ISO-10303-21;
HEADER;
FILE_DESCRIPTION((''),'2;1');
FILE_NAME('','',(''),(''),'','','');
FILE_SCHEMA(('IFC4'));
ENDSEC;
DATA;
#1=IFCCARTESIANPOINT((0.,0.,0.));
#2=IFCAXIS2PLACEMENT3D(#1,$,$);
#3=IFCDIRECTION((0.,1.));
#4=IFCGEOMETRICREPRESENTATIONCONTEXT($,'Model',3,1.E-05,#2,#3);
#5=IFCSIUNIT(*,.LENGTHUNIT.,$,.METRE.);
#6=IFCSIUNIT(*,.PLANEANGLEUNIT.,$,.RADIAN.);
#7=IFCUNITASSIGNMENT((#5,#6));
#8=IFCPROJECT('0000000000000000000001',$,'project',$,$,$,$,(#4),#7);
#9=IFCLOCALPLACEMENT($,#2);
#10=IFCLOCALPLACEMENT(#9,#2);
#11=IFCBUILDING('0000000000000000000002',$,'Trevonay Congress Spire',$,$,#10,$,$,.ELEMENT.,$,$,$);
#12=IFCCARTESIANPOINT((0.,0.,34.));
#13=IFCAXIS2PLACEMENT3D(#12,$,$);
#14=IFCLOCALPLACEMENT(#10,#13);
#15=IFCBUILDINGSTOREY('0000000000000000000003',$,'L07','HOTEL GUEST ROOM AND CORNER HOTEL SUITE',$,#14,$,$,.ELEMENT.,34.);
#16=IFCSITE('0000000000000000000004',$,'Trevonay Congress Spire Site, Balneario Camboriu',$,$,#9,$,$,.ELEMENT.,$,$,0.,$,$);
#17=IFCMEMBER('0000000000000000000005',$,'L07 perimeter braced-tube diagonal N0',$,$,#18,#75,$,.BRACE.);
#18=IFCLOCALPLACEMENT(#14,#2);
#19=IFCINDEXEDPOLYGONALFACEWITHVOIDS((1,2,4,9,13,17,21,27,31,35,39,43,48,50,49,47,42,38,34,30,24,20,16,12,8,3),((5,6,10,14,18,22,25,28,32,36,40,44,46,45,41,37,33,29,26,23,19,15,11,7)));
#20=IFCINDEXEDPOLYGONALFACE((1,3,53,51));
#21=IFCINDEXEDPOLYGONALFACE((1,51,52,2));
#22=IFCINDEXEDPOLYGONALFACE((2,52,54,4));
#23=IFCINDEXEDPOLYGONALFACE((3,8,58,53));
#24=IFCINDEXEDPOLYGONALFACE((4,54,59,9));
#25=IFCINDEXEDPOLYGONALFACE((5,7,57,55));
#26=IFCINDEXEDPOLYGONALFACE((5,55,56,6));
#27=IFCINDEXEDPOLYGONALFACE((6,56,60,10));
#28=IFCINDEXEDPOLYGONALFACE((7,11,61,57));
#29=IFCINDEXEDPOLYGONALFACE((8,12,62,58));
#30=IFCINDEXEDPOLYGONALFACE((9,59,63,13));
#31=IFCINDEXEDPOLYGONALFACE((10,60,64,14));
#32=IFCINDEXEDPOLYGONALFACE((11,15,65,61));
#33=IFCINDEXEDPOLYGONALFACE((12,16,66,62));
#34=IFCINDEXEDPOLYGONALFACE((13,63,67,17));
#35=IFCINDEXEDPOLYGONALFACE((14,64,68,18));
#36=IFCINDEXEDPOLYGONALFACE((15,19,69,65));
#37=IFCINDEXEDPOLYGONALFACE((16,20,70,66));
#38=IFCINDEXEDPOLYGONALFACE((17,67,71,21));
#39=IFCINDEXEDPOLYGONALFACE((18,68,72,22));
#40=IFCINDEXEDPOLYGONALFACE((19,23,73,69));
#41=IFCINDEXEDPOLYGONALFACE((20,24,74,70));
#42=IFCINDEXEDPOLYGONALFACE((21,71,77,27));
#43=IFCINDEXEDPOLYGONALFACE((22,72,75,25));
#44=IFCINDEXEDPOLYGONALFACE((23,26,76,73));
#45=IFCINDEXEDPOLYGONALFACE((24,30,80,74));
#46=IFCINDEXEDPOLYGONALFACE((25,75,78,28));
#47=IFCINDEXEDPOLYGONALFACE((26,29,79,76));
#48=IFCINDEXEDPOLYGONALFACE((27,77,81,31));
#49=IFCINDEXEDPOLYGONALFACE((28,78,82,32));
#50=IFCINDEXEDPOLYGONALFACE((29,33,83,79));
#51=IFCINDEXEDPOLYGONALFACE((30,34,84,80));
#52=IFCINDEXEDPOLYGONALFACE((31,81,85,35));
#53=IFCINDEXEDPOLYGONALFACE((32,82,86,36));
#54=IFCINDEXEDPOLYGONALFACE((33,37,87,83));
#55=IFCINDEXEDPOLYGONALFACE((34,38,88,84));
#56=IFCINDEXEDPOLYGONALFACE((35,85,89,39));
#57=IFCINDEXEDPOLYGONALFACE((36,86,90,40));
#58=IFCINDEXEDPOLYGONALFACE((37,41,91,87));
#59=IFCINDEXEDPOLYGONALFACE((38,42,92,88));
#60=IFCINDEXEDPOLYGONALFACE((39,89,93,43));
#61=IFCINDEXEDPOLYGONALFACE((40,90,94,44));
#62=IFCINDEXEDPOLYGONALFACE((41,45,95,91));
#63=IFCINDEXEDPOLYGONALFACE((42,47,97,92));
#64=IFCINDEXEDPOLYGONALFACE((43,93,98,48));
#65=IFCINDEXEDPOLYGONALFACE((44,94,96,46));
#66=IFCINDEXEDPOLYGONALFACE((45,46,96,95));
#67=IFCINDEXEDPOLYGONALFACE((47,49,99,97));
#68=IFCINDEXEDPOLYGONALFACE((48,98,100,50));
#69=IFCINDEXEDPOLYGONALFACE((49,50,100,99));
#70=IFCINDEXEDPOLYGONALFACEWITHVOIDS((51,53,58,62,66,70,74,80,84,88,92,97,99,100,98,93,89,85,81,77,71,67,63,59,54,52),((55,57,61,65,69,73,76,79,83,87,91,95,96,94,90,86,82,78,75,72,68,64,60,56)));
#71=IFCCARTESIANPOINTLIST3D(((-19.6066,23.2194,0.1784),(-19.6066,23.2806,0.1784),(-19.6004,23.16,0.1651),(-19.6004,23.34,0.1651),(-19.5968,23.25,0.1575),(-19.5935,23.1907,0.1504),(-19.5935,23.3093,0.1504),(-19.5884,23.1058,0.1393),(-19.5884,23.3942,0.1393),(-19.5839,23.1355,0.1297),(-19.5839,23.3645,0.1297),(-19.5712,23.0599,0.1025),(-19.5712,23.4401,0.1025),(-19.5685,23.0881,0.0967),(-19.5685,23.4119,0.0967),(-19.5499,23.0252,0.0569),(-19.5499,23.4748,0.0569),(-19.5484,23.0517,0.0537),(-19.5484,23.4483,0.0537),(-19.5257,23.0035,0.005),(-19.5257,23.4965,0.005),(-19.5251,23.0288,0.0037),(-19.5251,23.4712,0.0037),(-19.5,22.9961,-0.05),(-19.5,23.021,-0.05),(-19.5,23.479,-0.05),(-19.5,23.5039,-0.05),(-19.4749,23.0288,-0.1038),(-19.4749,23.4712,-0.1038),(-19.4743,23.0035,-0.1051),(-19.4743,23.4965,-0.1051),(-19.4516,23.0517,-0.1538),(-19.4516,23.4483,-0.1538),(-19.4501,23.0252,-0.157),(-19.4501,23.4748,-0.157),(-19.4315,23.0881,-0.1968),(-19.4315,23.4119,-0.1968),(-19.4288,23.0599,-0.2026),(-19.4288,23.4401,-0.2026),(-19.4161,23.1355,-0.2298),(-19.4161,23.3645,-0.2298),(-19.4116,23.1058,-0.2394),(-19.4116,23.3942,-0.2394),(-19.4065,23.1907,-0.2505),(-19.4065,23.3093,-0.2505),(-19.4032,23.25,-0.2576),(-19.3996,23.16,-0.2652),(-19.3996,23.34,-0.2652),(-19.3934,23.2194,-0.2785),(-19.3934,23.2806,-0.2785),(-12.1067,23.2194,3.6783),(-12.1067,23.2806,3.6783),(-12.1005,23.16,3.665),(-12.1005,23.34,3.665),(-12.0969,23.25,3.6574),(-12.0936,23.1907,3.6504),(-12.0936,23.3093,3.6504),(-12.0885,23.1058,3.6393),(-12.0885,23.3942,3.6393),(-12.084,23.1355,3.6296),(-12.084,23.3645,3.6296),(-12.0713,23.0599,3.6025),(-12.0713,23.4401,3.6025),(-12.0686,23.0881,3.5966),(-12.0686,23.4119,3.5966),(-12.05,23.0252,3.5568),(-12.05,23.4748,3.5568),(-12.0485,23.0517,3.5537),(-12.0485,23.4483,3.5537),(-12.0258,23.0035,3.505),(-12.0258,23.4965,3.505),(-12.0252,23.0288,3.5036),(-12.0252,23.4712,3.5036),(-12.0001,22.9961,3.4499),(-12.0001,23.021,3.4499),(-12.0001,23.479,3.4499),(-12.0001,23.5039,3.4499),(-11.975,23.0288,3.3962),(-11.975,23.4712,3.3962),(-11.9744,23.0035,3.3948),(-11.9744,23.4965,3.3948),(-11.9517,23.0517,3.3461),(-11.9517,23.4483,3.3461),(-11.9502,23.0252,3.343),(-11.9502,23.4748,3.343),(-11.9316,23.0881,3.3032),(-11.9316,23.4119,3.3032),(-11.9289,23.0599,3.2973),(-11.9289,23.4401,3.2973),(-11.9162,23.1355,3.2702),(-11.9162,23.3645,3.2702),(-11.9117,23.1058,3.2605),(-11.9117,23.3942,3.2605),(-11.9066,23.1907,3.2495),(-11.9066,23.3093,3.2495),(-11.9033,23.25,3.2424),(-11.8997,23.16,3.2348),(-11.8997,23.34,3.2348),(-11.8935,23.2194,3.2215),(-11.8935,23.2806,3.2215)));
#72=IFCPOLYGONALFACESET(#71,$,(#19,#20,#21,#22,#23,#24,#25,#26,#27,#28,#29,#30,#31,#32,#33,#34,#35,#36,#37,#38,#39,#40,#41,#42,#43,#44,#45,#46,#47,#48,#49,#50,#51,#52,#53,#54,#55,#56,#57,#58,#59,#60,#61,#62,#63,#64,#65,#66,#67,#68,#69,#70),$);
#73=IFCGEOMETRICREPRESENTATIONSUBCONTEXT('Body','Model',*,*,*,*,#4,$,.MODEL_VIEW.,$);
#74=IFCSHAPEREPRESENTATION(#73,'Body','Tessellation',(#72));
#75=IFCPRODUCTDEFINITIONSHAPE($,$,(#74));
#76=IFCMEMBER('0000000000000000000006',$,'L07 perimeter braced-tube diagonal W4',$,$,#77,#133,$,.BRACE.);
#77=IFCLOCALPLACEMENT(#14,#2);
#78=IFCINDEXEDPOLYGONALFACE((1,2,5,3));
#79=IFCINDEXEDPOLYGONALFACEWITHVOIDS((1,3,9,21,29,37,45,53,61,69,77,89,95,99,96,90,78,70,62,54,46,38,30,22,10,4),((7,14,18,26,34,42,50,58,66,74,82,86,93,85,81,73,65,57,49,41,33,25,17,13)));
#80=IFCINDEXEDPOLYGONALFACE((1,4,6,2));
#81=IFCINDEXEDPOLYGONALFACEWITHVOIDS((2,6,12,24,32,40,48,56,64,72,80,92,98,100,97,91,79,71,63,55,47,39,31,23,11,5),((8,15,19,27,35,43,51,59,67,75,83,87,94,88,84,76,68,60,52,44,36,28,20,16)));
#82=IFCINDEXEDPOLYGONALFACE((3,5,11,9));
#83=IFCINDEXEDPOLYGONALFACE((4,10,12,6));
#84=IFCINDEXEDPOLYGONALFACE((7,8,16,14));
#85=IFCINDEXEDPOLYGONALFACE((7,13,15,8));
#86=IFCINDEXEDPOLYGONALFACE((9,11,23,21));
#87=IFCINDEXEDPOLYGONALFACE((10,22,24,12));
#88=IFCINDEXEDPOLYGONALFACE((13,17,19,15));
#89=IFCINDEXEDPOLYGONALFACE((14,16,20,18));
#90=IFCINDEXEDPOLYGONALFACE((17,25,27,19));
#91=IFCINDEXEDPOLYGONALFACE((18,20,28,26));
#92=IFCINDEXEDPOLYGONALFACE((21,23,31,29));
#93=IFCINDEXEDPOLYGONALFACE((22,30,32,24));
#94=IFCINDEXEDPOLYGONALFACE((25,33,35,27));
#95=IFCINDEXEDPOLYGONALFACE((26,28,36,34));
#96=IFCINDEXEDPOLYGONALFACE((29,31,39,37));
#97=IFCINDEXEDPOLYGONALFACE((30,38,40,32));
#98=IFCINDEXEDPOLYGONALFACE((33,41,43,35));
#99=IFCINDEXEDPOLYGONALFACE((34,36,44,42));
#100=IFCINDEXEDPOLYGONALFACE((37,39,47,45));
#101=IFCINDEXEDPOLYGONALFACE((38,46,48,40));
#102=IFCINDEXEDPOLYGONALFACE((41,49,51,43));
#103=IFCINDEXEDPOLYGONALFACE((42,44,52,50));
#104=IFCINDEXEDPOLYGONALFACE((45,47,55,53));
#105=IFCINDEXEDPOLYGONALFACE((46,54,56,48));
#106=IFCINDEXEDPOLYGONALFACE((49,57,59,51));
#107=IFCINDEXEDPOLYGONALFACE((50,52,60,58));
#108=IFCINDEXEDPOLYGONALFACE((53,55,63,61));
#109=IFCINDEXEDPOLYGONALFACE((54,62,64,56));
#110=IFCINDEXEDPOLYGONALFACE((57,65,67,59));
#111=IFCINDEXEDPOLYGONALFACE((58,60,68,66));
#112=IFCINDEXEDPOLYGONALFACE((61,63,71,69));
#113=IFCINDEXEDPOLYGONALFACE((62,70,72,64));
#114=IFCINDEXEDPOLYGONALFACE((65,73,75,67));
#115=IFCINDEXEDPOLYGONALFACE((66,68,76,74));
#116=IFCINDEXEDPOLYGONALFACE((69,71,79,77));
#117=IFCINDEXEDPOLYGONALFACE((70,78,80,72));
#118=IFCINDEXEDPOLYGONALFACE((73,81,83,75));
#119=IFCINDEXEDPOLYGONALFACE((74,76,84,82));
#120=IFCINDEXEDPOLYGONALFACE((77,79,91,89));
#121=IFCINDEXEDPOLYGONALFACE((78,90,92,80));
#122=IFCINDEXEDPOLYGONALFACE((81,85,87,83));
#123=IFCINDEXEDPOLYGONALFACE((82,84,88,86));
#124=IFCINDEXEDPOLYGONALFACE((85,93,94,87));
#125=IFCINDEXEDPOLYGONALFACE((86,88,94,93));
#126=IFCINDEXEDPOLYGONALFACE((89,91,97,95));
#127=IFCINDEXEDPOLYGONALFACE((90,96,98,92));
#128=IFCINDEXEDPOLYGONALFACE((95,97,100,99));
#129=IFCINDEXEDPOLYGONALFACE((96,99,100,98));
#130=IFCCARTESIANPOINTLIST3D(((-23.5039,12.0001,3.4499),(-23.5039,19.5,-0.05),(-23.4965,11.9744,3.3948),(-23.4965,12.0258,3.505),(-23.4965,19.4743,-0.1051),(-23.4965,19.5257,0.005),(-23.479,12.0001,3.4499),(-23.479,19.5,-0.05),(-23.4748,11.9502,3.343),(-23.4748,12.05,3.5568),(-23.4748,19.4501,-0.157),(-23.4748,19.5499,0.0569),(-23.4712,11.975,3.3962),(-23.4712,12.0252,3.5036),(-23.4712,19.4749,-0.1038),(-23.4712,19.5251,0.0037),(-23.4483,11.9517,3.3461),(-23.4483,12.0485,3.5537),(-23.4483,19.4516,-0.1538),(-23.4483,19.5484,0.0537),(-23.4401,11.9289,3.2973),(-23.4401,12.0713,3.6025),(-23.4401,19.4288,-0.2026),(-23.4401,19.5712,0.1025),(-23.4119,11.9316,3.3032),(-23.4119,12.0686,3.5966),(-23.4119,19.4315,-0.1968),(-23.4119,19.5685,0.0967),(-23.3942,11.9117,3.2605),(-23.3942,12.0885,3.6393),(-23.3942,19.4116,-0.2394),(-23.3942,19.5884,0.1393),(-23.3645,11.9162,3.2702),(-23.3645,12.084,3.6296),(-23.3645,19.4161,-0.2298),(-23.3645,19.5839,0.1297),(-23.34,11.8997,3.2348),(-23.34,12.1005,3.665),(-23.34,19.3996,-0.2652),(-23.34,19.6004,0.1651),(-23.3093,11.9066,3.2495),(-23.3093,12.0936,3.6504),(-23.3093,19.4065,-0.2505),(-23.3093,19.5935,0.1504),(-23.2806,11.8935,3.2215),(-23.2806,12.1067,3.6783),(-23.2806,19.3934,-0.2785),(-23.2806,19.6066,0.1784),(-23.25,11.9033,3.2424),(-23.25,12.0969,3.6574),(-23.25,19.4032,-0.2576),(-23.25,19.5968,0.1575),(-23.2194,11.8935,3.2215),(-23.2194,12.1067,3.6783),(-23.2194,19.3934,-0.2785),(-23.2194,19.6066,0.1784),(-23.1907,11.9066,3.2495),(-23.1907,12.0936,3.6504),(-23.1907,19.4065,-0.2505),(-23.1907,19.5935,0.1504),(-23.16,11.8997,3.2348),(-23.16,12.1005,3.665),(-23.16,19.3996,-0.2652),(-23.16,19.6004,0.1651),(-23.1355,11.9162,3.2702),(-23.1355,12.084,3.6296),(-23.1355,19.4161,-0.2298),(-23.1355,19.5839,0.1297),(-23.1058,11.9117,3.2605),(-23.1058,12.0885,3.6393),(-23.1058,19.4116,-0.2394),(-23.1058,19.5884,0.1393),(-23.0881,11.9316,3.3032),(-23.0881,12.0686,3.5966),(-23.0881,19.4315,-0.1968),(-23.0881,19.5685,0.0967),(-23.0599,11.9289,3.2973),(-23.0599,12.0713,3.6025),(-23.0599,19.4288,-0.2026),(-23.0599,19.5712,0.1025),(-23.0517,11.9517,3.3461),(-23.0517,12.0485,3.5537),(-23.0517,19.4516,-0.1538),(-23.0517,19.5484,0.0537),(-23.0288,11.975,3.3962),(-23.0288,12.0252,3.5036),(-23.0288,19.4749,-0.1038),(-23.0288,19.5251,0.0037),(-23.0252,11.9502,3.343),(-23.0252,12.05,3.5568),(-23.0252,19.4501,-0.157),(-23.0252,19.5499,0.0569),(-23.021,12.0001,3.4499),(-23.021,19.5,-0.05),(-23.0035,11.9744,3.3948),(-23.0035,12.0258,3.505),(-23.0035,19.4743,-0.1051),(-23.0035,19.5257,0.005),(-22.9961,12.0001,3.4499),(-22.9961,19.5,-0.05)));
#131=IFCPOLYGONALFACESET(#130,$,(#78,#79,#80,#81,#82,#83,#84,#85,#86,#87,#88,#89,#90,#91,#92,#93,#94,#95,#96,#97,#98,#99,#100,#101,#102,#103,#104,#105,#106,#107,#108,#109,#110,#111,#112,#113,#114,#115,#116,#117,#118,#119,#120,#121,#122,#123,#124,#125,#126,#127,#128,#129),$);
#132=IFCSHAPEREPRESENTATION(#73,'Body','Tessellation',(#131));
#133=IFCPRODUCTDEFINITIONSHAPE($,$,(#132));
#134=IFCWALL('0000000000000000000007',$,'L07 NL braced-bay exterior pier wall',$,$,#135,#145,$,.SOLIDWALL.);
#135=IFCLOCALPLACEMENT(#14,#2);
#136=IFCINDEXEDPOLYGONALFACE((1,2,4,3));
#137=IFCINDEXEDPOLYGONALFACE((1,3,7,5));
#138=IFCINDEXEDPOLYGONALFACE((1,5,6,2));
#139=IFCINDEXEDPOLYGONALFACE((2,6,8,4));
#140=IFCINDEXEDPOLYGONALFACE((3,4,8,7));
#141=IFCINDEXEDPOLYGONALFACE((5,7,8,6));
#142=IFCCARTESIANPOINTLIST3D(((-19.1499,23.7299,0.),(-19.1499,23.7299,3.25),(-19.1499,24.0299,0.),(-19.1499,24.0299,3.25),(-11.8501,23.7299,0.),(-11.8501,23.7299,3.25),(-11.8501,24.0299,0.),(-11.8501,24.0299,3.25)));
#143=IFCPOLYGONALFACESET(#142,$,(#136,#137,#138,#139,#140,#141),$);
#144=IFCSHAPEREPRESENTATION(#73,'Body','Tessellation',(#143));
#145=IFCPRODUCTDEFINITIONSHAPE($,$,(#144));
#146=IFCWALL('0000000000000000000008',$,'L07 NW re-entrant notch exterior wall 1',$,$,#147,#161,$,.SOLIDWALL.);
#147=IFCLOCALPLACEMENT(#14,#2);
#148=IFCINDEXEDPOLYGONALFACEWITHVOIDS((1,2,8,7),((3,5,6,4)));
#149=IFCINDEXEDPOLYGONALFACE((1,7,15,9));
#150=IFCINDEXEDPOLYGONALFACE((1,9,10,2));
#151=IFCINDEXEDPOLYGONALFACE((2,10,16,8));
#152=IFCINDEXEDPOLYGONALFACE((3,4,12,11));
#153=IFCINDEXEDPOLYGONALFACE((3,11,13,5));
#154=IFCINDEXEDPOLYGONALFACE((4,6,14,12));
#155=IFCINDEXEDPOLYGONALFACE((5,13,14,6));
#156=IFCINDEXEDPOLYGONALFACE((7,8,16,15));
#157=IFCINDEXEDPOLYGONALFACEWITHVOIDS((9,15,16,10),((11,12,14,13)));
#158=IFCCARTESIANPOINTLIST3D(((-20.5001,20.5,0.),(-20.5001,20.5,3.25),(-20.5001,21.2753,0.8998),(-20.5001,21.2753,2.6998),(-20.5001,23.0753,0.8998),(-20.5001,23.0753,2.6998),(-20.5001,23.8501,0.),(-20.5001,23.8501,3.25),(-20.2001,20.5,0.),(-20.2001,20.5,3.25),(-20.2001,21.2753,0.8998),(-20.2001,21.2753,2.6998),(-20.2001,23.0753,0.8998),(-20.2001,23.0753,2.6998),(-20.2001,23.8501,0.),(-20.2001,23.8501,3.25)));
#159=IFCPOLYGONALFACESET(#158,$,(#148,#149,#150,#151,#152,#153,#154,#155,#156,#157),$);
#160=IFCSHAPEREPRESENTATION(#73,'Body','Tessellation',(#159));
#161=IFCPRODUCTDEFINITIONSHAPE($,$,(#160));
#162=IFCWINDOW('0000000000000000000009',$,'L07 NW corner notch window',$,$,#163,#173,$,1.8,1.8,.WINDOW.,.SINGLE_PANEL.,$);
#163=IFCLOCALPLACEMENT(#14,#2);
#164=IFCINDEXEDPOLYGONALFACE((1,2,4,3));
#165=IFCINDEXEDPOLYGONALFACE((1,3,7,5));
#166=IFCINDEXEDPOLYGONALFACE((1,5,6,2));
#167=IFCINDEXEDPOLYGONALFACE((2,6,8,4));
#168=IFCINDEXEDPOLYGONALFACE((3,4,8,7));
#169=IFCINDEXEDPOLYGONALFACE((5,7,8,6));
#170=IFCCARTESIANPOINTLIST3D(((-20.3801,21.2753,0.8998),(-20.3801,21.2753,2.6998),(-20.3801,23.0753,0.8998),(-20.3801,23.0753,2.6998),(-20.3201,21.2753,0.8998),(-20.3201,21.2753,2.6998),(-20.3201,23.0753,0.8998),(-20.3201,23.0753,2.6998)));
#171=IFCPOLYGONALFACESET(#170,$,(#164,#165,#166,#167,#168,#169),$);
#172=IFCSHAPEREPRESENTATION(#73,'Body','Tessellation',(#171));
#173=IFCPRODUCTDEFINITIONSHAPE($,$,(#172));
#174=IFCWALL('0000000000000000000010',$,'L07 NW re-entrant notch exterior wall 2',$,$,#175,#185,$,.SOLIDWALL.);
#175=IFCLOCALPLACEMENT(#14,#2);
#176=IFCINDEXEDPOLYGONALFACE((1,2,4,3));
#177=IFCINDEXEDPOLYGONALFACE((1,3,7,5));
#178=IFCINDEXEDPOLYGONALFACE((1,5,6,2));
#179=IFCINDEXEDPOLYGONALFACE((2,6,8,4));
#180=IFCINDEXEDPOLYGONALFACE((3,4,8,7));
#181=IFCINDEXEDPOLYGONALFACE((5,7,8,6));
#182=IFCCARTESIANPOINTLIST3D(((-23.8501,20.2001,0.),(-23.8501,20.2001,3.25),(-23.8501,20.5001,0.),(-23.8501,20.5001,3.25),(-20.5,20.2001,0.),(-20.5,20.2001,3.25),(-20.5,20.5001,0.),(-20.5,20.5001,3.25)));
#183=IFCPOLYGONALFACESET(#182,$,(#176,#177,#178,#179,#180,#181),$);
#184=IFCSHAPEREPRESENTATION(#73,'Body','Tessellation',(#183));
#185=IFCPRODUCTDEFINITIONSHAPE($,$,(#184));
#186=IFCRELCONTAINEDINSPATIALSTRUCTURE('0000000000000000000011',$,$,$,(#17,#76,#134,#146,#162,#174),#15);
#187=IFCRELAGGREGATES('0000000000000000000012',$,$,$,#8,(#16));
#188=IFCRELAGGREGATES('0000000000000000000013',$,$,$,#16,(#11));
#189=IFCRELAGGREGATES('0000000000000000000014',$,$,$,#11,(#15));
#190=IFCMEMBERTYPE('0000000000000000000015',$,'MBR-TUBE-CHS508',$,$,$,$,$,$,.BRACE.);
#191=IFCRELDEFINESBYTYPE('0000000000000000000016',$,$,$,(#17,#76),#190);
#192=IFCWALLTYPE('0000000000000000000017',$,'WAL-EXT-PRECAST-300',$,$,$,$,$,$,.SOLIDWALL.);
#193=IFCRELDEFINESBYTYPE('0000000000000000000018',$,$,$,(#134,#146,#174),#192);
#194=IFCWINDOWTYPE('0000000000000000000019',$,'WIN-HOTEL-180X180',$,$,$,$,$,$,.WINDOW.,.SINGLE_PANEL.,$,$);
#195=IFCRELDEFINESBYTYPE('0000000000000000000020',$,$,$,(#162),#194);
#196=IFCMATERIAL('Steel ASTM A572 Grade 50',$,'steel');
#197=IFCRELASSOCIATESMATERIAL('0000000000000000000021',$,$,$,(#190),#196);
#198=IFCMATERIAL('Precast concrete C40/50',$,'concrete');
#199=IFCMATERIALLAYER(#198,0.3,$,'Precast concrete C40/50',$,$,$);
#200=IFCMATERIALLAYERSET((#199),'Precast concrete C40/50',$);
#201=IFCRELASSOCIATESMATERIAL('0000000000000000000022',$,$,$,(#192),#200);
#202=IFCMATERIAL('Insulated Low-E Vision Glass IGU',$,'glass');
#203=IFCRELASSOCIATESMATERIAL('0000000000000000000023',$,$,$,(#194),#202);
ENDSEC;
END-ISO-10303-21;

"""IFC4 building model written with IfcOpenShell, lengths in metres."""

from ifc_helpers import new_model, si_unit, direction, frame, frame_2d, origin, origin_2d, place, context, subcontext, project, spatial, rectangle, hollow_circle, extrude, material, layer, layer_set, material_profile, profile_set, type_object, element, fill, save


model = new_model("IFC4")

# Units and contexts
model_context = context("Model", 3, precision=1e-05, world=origin(), true_north=direction((0.0, 1.0)))
body_context = subcontext(model_context, "Body", "Model", "MODEL_VIEW")
ifc_project = project(units=[si_unit("LENGTHUNIT", "METRE"), si_unit("PLANEANGLEUNIT", "RADIAN")], contexts=[model_context])

# Site, building, storey
site_placement = place(None, origin())
site = spatial("IfcSite", under=ifc_project, at=site_placement, Name="Trevonay Congress Spire Site, Balneario Camboriu", CompositionType="ELEMENT", RefElevation=0.0)
building_placement = place(site_placement, origin())
building = spatial("IfcBuilding", under=site, at=building_placement, Name="Trevonay Congress Spire", CompositionType="ELEMENT")
storey_placement = place(building_placement, frame((0.0, 0.0, 34.0)))
storey = spatial("IfcBuildingStorey", under=building, at=storey_placement, Name="L07", Description="HOTEL GUEST ROOM AND CORNER HOTEL SUITE", CompositionType="ELEMENT", Elevation=34.0)

# Shared definitions
ifc_material_1 = material(Name="Steel ASTM A572 Grade 50", Category="steel")

# Members
ifc_material_profile_1 = material_profile(ifc_material_1, hollow_circle(Radius=0.2539, WallThickness=0.0249, at=origin_2d()), Name="CHS 508x25")
ifc_profile_set_1 = profile_set([ifc_material_profile_1], Name="Steel ASTM A572 Grade 50")
member_type = type_object("IfcMemberType", Name="MBR-TUBE-CHS508", PredefinedType="BRACE", material=ifc_profile_set_1)
for number, where, z_axis, x_axis, name in (
    (1, (-19.5, 23.25, -0.05), (0.906183, 0.0, 0.422885), (0.0, 1.0, 0.0), "L07 perimeter braced-tube diagonal N0"),
    (2, (-23.25, 19.5, -0.05), (0.0, -0.906183, 0.422885), (1.0, 0.0, 0.0), "L07 perimeter braced-tube diagonal W4"),
):
    element("IfcMember", number, at=place(storey_placement, frame(where, z_axis=z_axis, x_axis=x_axis)), inside=storey, type_object=member_type, Name=name, PredefinedType="BRACE", context=body_context, shape_type="SweptSolid", body=[
        extrude(hollow_circle(Radius=0.2539, WallThickness=0.0249, at=origin_2d()), origin(), (0.0, 0.0, 1.0), 8.2764),
    ])

# Wall
ifc_material_2 = material(Name="Precast concrete C40/50", Category="concrete")
ifc_layer_1 = layer(ifc_material_2, 0.3, Name="Precast concrete C40/50")
ifc_layer_set_1 = layer_set([ifc_layer_1], Name="Precast concrete C40/50")
wall_type = type_object("IfcWallType", Name="WAL-EXT-PRECAST-300", PredefinedType="SOLIDWALL", material=ifc_layer_set_1)
wall_1_placement = place(storey_placement, frame((-19.1499, 23.8799, 0.0), z_axis=(0.0, 0.0, 1.0), x_axis=(1.0, 0.0, 0.0)))
element("IfcWall", 3, at=wall_1_placement, inside=storey, type_object=wall_type, Name="L07 NL braced-bay exterior pier wall", PredefinedType="SOLIDWALL", context=body_context, shape_type="SweptSolid", body=[
    extrude(rectangle(XDim=7.2998, YDim=0.3, at=frame_2d((3.6499, 0.0))), origin(), (0.0, 0.0, 1.0), 3.25),
])

# Wall, opening, window
wall_2_placement = place(storey_placement, frame((-20.3501, 23.8501, 0.0), z_axis=(0.0, 0.0, 1.0), x_axis=(0.0, -1.0, 0.0)))
wall_2 = element("IfcWall", 4, at=wall_2_placement, inside=storey, type_object=wall_type, Name="L07 NW re-entrant notch exterior wall 1", PredefinedType="SOLIDWALL", context=body_context, shape_type="SweptSolid", body=[
    extrude(rectangle(XDim=3.3501, YDim=0.3, at=frame_2d((1.675, 0.0))), origin(), (0.0, 0.0, 1.0), 3.25),
])
opening_placement = place(wall_2_placement, frame((0.7749, 0.0, 0.8999)))
opening = element("IfcOpeningElement", 5, at=opening_placement, cuts=wall_2, PredefinedType="OPENING", context=body_context, shape_type="SweptSolid", body=[
    extrude(rectangle(XDim=1.8, YDim=1.8, at=frame_2d((0.8999, 0.8999))), frame((0.0, 0.1602, 0.0), z_axis=(0.0, -1.0, 0.0), x_axis=(1.0, 0.0, 0.0)), (0.0, 0.0, 1.0), 0.3201),
])
ifc_material_3 = material(Name="Insulated Low-E Vision Glass IGU", Category="glass")
window_type = type_object("IfcWindowType", Name="WIN-HOTEL-180X180", PartitioningType="SINGLE_PANEL", PredefinedType="WINDOW", material=ifc_material_3)
window_placement = place(opening_placement, origin())
window = element("IfcWindow", 6, at=window_placement, inside=storey, type_object=window_type, Name="L07 NW corner notch window", OverallHeight=1.8, OverallWidth=1.8, PartitioningType="SINGLE_PANEL", PredefinedType="WINDOW", context=body_context, shape_type="SweptSolid", body=[
    extrude(rectangle(XDim=1.8, YDim=1.8, at=frame_2d((0.8999, 0.8999))), frame((0.0, 0.03, 0.0), z_axis=(0.0, -1.0, 0.0), x_axis=(1.0, 0.0, 0.0)), (0.0, 0.0, 1.0), 0.0601),
])
fill(opening, window)

# Wall
wall_3_placement = place(storey_placement, frame((-23.8501, 20.3501, 0.0), z_axis=(0.0, 0.0, 1.0), x_axis=(1.0, 0.0, 0.0)))
element("IfcWall", 7, at=wall_3_placement, inside=storey, type_object=wall_type, Name="L07 NW re-entrant notch exterior wall 2", PredefinedType="SOLIDWALL", context=body_context, shape_type="SweptSolid", body=[
    extrude(rectangle(XDim=3.3501, YDim=0.3, at=frame_2d((1.675, 0.0))), origin(), (0.0, 0.0, 1.0), 3.25),
])

save(model, "model.ifc")
